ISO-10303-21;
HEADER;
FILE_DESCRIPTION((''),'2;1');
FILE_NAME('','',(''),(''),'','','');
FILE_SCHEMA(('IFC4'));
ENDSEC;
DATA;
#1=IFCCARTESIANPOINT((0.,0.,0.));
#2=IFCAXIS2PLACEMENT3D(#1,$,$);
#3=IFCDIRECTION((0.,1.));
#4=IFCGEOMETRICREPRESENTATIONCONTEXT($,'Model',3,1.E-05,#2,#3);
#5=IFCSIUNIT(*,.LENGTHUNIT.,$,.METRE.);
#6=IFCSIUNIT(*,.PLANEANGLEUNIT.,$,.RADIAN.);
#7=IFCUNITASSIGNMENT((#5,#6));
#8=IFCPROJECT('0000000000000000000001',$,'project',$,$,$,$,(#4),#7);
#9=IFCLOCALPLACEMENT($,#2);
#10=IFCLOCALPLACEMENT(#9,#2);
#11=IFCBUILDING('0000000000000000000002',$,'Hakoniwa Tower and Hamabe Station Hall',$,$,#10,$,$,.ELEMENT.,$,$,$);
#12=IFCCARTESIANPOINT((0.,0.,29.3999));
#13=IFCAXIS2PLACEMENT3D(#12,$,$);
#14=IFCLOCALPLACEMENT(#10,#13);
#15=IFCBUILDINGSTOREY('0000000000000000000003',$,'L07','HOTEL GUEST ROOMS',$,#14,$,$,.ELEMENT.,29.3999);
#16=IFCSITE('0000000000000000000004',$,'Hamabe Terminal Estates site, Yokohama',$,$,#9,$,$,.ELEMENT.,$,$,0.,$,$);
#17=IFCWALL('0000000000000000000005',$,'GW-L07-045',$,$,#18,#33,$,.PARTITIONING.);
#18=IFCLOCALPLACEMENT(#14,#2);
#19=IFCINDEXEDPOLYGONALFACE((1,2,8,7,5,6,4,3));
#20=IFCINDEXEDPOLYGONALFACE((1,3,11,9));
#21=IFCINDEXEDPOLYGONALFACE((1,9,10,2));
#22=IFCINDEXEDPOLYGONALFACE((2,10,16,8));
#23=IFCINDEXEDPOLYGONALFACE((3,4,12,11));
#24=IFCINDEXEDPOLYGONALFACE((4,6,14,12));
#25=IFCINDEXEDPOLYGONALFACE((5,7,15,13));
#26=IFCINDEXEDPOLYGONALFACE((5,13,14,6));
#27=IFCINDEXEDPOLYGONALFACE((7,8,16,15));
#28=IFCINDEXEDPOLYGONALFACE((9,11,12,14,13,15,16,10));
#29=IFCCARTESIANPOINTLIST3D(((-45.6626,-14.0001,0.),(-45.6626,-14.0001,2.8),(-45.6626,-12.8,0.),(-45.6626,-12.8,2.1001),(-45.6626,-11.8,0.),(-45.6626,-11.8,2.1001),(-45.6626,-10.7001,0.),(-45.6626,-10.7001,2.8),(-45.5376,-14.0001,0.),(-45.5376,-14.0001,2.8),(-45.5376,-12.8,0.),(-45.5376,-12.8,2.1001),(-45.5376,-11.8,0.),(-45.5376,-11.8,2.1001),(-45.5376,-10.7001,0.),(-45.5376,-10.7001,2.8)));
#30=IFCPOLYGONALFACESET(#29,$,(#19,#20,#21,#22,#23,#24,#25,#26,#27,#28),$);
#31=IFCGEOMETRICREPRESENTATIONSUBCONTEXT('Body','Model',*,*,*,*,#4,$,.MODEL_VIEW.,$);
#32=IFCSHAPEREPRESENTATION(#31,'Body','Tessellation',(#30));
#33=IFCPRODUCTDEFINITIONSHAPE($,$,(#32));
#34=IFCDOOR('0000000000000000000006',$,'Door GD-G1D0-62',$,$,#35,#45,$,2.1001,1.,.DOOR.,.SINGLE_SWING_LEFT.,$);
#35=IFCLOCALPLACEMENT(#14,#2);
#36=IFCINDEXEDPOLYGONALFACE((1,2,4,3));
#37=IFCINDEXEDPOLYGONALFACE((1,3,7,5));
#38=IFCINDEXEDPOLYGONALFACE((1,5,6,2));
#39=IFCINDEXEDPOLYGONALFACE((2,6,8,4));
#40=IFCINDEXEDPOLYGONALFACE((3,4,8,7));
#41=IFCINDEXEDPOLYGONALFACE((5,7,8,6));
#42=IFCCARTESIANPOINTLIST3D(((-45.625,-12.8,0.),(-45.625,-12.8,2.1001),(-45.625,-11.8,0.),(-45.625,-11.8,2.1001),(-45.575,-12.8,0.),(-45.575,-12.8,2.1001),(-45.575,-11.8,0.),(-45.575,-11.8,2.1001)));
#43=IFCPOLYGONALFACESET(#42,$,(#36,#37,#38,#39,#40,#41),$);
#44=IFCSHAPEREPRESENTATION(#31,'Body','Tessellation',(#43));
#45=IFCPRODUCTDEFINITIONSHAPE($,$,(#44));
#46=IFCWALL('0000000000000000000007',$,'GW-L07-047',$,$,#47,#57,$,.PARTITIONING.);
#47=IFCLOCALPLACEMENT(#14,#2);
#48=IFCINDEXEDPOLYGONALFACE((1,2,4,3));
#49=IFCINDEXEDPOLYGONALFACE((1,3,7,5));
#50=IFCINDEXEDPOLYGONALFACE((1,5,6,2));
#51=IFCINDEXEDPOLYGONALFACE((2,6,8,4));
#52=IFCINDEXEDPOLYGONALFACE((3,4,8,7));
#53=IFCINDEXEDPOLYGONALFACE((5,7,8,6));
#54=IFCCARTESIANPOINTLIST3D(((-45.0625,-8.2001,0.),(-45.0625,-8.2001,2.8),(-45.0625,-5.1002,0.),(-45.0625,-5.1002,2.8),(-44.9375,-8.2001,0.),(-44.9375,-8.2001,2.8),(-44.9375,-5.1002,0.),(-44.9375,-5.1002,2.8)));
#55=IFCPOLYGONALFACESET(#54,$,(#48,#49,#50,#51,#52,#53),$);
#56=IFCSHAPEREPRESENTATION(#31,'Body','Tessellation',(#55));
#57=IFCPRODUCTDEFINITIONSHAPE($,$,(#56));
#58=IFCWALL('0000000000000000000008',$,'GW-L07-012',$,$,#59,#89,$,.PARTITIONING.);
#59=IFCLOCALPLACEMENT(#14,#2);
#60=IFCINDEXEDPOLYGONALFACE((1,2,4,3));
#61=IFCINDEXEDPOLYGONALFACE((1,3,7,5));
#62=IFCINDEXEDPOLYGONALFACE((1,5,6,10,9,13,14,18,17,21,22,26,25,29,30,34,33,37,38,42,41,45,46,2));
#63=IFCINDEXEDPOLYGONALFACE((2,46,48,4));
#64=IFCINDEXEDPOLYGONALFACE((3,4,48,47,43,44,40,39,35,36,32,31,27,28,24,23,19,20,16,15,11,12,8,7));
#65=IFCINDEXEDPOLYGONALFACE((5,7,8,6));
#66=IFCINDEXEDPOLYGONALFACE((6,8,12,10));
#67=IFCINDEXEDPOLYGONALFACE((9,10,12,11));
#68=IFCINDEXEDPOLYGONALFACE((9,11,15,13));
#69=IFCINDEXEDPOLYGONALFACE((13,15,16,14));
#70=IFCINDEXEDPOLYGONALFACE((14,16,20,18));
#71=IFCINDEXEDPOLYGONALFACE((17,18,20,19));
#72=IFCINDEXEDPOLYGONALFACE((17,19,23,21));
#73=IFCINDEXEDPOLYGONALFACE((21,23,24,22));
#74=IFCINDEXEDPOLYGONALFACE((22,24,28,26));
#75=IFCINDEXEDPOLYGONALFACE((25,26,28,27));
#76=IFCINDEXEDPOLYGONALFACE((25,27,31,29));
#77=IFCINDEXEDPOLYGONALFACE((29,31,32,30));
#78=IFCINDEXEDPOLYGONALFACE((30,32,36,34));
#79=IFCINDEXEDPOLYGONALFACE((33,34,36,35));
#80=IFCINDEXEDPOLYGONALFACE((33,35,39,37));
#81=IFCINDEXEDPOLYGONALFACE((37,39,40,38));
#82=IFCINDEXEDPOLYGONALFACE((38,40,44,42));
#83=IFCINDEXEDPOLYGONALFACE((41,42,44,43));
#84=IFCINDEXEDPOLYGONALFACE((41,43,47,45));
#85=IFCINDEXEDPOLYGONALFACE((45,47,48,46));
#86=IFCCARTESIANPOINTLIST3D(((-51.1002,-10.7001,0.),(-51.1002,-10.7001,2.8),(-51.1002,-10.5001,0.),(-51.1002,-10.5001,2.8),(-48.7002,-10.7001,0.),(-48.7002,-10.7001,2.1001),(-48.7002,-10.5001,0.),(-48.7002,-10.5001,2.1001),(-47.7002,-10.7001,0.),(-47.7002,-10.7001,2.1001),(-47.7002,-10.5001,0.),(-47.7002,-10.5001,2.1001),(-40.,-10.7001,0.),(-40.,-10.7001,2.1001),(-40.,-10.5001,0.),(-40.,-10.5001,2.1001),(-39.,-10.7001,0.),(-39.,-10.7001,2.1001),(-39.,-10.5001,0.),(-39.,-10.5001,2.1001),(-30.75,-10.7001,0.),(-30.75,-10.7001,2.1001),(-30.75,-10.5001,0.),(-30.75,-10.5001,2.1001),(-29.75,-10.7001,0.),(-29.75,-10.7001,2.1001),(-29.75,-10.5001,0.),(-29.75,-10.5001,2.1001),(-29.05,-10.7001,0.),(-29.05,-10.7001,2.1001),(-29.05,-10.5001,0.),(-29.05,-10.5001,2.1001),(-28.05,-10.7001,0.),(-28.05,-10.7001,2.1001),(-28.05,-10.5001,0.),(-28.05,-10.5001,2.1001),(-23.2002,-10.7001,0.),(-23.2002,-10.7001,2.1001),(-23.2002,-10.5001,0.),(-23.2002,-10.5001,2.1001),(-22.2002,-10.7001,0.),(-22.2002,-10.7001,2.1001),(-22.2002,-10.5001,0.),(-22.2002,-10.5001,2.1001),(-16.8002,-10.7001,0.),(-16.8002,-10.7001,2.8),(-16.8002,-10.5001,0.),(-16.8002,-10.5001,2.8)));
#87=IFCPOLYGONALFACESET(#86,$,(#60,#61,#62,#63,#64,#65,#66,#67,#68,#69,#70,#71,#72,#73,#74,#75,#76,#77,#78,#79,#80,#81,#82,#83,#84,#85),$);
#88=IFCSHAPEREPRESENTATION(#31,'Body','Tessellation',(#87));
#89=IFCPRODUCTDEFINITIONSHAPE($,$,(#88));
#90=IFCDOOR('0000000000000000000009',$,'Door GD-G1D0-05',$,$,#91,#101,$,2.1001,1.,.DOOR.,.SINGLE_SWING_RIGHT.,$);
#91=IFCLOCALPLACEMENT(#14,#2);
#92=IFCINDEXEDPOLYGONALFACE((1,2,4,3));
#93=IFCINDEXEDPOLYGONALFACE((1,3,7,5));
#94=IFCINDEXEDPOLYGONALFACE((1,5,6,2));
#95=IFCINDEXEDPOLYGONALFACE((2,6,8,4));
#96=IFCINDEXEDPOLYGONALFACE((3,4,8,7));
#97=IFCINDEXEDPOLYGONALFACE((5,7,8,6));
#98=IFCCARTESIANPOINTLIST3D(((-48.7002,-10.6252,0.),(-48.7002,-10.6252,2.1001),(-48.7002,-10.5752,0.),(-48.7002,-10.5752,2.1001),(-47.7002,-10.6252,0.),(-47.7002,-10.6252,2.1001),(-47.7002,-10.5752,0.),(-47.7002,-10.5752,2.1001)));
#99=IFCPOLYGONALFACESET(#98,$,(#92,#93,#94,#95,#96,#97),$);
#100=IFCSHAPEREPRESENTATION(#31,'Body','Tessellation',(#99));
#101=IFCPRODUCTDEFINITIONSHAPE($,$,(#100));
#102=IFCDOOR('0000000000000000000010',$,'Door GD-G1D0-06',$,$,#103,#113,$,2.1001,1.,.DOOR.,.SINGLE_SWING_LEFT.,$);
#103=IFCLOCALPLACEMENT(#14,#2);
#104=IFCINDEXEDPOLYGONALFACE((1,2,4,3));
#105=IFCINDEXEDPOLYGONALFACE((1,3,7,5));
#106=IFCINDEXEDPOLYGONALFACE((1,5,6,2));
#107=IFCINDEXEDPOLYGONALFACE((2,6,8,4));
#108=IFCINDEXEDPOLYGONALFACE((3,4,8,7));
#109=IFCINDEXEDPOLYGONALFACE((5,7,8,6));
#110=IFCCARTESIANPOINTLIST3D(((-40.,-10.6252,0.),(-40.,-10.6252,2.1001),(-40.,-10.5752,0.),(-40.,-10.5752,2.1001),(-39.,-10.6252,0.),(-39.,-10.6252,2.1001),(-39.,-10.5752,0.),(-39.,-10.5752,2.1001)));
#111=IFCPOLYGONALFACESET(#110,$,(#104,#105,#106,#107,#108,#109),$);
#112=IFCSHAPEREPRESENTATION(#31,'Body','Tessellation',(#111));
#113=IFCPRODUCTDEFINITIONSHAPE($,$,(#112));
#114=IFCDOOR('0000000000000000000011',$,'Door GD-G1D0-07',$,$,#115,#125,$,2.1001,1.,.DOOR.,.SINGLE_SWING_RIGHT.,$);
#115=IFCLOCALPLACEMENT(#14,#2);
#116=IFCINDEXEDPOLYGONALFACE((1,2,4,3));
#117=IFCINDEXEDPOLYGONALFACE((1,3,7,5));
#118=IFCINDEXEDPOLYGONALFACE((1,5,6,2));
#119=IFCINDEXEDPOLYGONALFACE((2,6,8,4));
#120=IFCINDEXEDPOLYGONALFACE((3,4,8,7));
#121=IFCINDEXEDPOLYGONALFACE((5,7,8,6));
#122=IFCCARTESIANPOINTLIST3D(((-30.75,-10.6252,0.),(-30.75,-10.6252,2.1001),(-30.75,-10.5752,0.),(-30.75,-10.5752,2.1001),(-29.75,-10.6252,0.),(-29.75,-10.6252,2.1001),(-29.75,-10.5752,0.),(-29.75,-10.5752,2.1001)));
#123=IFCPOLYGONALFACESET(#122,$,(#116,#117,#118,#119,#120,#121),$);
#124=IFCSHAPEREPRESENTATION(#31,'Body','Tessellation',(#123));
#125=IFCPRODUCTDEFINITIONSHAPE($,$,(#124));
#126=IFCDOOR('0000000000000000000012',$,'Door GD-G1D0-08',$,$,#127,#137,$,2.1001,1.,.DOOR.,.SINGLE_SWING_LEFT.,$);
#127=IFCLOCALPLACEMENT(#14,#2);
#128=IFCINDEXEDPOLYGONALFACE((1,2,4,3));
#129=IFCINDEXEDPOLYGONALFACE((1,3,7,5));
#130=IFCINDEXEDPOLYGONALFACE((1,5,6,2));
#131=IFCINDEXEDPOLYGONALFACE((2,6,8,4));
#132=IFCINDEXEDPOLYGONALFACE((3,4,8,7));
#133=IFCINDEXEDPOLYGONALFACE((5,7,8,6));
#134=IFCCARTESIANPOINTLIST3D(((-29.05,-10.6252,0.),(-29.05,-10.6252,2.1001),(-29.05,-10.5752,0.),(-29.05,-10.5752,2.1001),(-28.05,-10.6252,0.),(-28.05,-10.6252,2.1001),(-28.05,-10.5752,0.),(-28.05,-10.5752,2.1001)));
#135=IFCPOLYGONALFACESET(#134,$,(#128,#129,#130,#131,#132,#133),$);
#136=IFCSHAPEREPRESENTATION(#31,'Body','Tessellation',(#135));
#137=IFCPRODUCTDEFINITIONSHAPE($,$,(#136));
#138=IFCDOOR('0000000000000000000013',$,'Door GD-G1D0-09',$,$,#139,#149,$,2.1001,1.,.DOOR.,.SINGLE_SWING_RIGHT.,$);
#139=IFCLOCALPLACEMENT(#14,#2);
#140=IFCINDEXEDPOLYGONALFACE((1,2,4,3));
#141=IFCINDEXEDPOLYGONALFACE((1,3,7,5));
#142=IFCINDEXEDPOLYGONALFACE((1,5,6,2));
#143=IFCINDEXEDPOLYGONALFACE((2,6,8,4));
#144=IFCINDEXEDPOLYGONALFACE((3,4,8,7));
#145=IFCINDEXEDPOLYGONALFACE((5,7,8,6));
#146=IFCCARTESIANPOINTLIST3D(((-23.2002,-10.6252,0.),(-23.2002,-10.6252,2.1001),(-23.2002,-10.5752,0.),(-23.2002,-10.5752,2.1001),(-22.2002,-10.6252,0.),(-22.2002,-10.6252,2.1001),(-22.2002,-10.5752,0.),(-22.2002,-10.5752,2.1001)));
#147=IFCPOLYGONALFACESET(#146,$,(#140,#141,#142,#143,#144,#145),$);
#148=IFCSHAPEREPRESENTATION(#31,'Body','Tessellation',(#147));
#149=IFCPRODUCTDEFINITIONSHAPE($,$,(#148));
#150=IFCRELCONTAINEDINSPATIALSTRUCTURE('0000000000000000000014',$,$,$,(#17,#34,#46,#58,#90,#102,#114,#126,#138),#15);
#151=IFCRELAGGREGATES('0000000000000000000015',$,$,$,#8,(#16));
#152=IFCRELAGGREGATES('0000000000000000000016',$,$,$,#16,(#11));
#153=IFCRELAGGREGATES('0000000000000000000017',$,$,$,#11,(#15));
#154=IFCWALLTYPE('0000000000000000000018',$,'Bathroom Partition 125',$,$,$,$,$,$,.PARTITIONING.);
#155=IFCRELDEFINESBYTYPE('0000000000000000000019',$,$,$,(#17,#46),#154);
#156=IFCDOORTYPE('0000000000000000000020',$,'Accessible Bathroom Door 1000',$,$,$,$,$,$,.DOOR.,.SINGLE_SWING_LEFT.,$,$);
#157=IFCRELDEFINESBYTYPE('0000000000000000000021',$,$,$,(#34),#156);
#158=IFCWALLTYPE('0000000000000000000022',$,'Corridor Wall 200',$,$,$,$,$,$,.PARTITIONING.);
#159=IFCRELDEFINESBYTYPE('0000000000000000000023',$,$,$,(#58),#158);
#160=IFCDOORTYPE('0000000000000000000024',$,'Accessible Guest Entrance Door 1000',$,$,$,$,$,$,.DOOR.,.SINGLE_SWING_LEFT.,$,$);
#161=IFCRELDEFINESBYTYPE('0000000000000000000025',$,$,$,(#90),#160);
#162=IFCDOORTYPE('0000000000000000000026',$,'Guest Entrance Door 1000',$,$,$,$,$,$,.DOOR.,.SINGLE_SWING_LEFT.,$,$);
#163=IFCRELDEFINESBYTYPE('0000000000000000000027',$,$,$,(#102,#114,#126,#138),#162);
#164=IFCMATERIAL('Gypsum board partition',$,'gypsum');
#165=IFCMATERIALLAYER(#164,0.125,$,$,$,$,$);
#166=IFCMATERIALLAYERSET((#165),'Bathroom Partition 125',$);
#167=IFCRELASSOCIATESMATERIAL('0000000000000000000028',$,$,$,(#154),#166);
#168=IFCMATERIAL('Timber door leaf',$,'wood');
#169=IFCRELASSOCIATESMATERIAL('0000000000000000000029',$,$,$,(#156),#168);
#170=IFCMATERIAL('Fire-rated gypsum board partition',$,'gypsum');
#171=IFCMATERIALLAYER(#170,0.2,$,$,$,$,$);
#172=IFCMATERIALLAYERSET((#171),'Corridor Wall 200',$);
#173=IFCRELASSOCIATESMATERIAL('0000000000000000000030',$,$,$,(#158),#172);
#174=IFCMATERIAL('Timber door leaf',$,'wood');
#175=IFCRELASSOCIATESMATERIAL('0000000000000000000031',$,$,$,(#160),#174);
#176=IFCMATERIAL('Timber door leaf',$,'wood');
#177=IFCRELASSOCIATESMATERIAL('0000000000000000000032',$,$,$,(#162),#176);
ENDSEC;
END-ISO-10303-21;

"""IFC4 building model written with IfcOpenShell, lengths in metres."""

from ifc_helpers import new_model, si_unit, direction, frame, frame_2d, origin, place, context, subcontext, project, spatial, rectangle, extrude, material, layer, layer_set, type_object, element, fill, save


model = new_model("IFC4")

# Units and contexts
model_context = context("Model", 3, precision=1e-05, world=origin(), true_north=direction((0.0, 1.0)))
body_context = subcontext(model_context, "Body", "Model", "MODEL_VIEW")
ifc_project = project(units=[si_unit("LENGTHUNIT", "METRE"), si_unit("PLANEANGLEUNIT", "RADIAN")], contexts=[model_context])

# Site, building, storey
site_placement = place(None, origin())
site = spatial("IfcSite", under=ifc_project, at=site_placement, Name="Hamabe Terminal Estates site, Yokohama", CompositionType="ELEMENT", RefElevation=0.0)
building_placement = place(site_placement, origin())
building = spatial("IfcBuilding", under=site, at=building_placement, Name="Hakoniwa Tower and Hamabe Station Hall", CompositionType="ELEMENT")
storey_placement = place(building_placement, frame((0.0, 0.0, 29.3999)))
storey = spatial("IfcBuildingStorey", under=building, at=storey_placement, Name="L07", Description="HOTEL GUEST ROOMS", CompositionType="ELEMENT", Elevation=29.3999)

# Shared definitions
ifc_material_1 = material(Name="Gypsum board partition", Category="gypsum")
ifc_layer_1 = layer(ifc_material_1, 0.125)
ifc_layer_set_1 = layer_set([ifc_layer_1], Name="Bathroom Partition 125")
wall_type_1 = type_object("IfcWallType", Name="Bathroom Partition 125", PredefinedType="PARTITIONING", material=ifc_layer_set_1)

# Wall, opening, door
wall_1_placement = place(storey_placement, frame((-45.6001, -14.0, 0.0), z_axis=(0.0, 0.0, 1.0), x_axis=(0.0, 1.0, 0.0)))
wall_1 = element("IfcWall", 1, at=wall_1_placement, inside=storey, type_object=wall_type_1, Name="GW-L07-045", PredefinedType="PARTITIONING", context=body_context, shape_type="SweptSolid", body=[
    extrude(rectangle(XDim=3.3, YDim=0.125, at=frame_2d((1.6499, 0.0))), origin(), (0.0, 0.0, 1.0), 2.8),
])
opening_1_placement = place(wall_1_placement, frame((1.2, 0.0, 0.0)))
opening_1 = element("IfcOpeningElement", 2, at=opening_1_placement, cuts=wall_1, PredefinedType="OPENING", context=body_context, shape_type="SweptSolid", body=[
    extrude(rectangle(XDim=1.0, YDim=2.1001, at=frame_2d((0.5, 1.05))), frame((0.0, 0.0725, 0.0), z_axis=(0.0, -1.0, 0.0), x_axis=(1.0, 0.0, 0.0)), (0.0, 0.0, 1.0), 0.145),
])
ifc_material_2 = material(Name="Timber door leaf", Category="wood")
door_type_1 = type_object("IfcDoorType", Name="Accessible Bathroom Door 1000", OperationType="SINGLE_SWING_LEFT", PredefinedType="DOOR", material=ifc_material_2)
door_1_placement = place(opening_1_placement, origin())
door_1 = element("IfcDoor", 3, at=door_1_placement, inside=storey, type_object=door_type_1, Name="Door GD-G1D0-62", OperationType="SINGLE_SWING_LEFT", OverallHeight=2.1001, OverallWidth=1.0, PredefinedType="DOOR", context=body_context, shape_type="SweptSolid", body=[
    extrude(rectangle(XDim=1.0, YDim=2.1001, at=frame_2d((0.5, 1.05))), frame((0.0, 0.0249, 0.0), z_axis=(0.0, -1.0, 0.0), x_axis=(1.0, 0.0, 0.0)), (0.0, 0.0, 1.0), 0.05),
])
fill(opening_1, door_1)

# Wall
wall_2_placement = place(storey_placement, frame((-45.0, -8.2, 0.0), z_axis=(0.0, 0.0, 1.0), x_axis=(0.0, 1.0, 0.0)))
element("IfcWall", 4, at=wall_2_placement, inside=storey, type_object=wall_type_1, Name="GW-L07-047", PredefinedType="PARTITIONING", context=body_context, shape_type="SweptSolid", body=[
    extrude(rectangle(XDim=3.0999, YDim=0.125, at=frame_2d((1.5498, 0.0))), origin(), (0.0, 0.0, 1.0), 2.8),
])

# Wall, openings, doors
ifc_material_3 = material(Name="Fire-rated gypsum board partition", Category="gypsum")
ifc_layer_2 = layer(ifc_material_3, 0.2)
ifc_layer_set_2 = layer_set([ifc_layer_2], Name="Corridor Wall 200")
wall_type_2 = type_object("IfcWallType", Name="Corridor Wall 200", PredefinedType="PARTITIONING", material=ifc_layer_set_2)
wall_3_placement = place(storey_placement, frame((-51.1001, -10.6001, 0.0), z_axis=(0.0, 0.0, 1.0), x_axis=(1.0, 0.0, 0.0)))
wall_3 = element("IfcWall", 5, at=wall_3_placement, inside=storey, type_object=wall_type_2, Name="GW-L07-012", PredefinedType="PARTITIONING", context=body_context, shape_type="SweptSolid", body=[
    extrude(rectangle(XDim=34.3, YDim=0.2, at=frame_2d((17.1499, 0.0))), origin(), (0.0, 0.0, 1.0), 2.8),
])
opening_2_placement = place(wall_3_placement, frame((2.3999, 0.0, 0.0)))
opening_2 = element("IfcOpeningElement", 6, at=opening_2_placement, cuts=wall_3, PredefinedType="OPENING", context=body_context, shape_type="SweptSolid", body=[
    extrude(rectangle(XDim=1.0, YDim=2.1001, at=frame_2d((0.5, 1.05))), frame((0.0, 0.1099, 0.0), z_axis=(0.0, -1.0, 0.0), x_axis=(1.0, 0.0, 0.0)), (0.0, 0.0, 1.0), 0.22),
])
opening_3_placement = place(wall_3_placement, frame((11.1001, 0.0, 0.0)))
opening_3 = element("IfcOpeningElement", 7, at=opening_3_placement, cuts=wall_3, PredefinedType="OPENING", context=body_context, shape_type="SweptSolid", body=[
    extrude(rectangle(XDim=1.0, YDim=2.1001, at=frame_2d((0.5, 1.05))), frame((0.0, 0.1099, 0.0), z_axis=(0.0, -1.0, 0.0), x_axis=(1.0, 0.0, 0.0)), (0.0, 0.0, 1.0), 0.22),
])
opening_4_placement = place(wall_3_placement, frame((20.3501, 0.0, 0.0)))
opening_4 = element("IfcOpeningElement", 8, at=opening_4_placement, cuts=wall_3, PredefinedType="OPENING", context=body_context, shape_type="SweptSolid", body=[
    extrude(rectangle(XDim=1.0, YDim=2.1001, at=frame_2d((0.5, 1.05))), frame((0.0, 0.1099, 0.0), z_axis=(0.0, -1.0, 0.0), x_axis=(1.0, 0.0, 0.0)), (0.0, 0.0, 1.0), 0.22),
])
opening_5_placement = place(wall_3_placement, frame((22.05, 0.0, 0.0)))
opening_5 = element("IfcOpeningElement", 9, at=opening_5_placement, cuts=wall_3, PredefinedType="OPENING", context=body_context, shape_type="SweptSolid", body=[
    extrude(rectangle(XDim=1.0, YDim=2.1001, at=frame_2d((0.5, 1.05))), frame((0.0, 0.1099, 0.0), z_axis=(0.0, -1.0, 0.0), x_axis=(1.0, 0.0, 0.0)), (0.0, 0.0, 1.0), 0.22),
])
opening_6_placement = place(wall_3_placement, frame((27.8999, 0.0, 0.0)))
opening_6 = element("IfcOpeningElement", 10, at=opening_6_placement, cuts=wall_3, PredefinedType="OPENING", context=body_context, shape_type="SweptSolid", body=[
    extrude(rectangle(XDim=1.0, YDim=2.1001, at=frame_2d((0.5, 1.05))), frame((0.0, 0.1099, 0.0), z_axis=(0.0, -1.0, 0.0), x_axis=(1.0, 0.0, 0.0)), (0.0, 0.0, 1.0), 0.22),
])
ifc_material_4 = material(Name="Timber door leaf", Category="wood")
door_type_2 = type_object("IfcDoorType", Name="Accessible Guest Entrance Door 1000", OperationType="SINGLE_SWING_LEFT", PredefinedType="DOOR", material=ifc_material_4)
door_2_placement = place(opening_2_placement, origin())
door_2 = element("IfcDoor", 11, at=door_2_placement, inside=storey, type_object=door_type_2, Name="Door GD-G1D0-05", OperationType="SINGLE_SWING_RIGHT", OverallHeight=2.1001, OverallWidth=1.0, PredefinedType="DOOR", context=body_context, shape_type="SweptSolid", body=[
    extrude(rectangle(XDim=1.0, YDim=2.1001, at=frame_2d((0.5, 1.05))), frame((0.0, 0.0249, 0.0), z_axis=(0.0, -1.0, 0.0), x_axis=(1.0, 0.0, 0.0)), (0.0, 0.0, 1.0), 0.05),
])
fill(opening_2, door_2)
ifc_material_5 = material(Name="Timber door leaf", Category="wood")
door_type_3 = type_object("IfcDoorType", Name="Guest Entrance Door 1000", OperationType="SINGLE_SWING_LEFT", PredefinedType="DOOR", material=ifc_material_5)
door_3_placement = place(opening_3_placement, origin())
door_3 = element("IfcDoor", 12, at=door_3_placement, inside=storey, type_object=door_type_3, Name="Door GD-G1D0-06", OperationType="SINGLE_SWING_LEFT", OverallHeight=2.1001, OverallWidth=1.0, PredefinedType="DOOR", context=body_context, shape_type="SweptSolid", body=[
    extrude(rectangle(XDim=1.0, YDim=2.1001, at=frame_2d((0.5, 1.05))), frame((0.0, 0.0249, 0.0), z_axis=(0.0, -1.0, 0.0), x_axis=(1.0, 0.0, 0.0)), (0.0, 0.0, 1.0), 0.05),
])
fill(opening_3, door_3)
door_4_placement = place(opening_4_placement, origin())
door_4 = element("IfcDoor", 13, at=door_4_placement, inside=storey, type_object=door_type_3, Name="Door GD-G1D0-07", OperationType="SINGLE_SWING_RIGHT", OverallHeight=2.1001, OverallWidth=1.0, PredefinedType="DOOR", context=body_context, shape_type="SweptSolid", body=[
    extrude(rectangle(XDim=1.0, YDim=2.1001, at=frame_2d((0.5, 1.05))), frame((0.0, 0.0249, 0.0), z_axis=(0.0, -1.0, 0.0), x_axis=(1.0, 0.0, 0.0)), (0.0, 0.0, 1.0), 0.05),
])
fill(opening_4, door_4)
door_5_placement = place(opening_5_placement, origin())
door_5 = element("IfcDoor", 14, at=door_5_placement, inside=storey, type_object=door_type_3, Name="Door GD-G1D0-08", OperationType="SINGLE_SWING_LEFT", OverallHeight=2.1001, OverallWidth=1.0, PredefinedType="DOOR", context=body_context, shape_type="SweptSolid", body=[
    extrude(rectangle(XDim=1.0, YDim=2.1001, at=frame_2d((0.5, 1.05))), frame((0.0, 0.0249, 0.0), z_axis=(0.0, -1.0, 0.0), x_axis=(1.0, 0.0, 0.0)), (0.0, 0.0, 1.0), 0.05),
])
fill(opening_5, door_5)
door_6_placement = place(opening_6_placement, origin())
door_6 = element("IfcDoor", 15, at=door_6_placement, inside=storey, type_object=door_type_3, Name="Door GD-G1D0-09", OperationType="SINGLE_SWING_RIGHT", OverallHeight=2.1001, OverallWidth=1.0, PredefinedType="DOOR", context=body_context, shape_type="SweptSolid", body=[
    extrude(rectangle(XDim=1.0, YDim=2.1001, at=frame_2d((0.5, 1.05))), frame((0.0, 0.0249, 0.0), z_axis=(0.0, -1.0, 0.0), x_axis=(1.0, 0.0, 0.0)), (0.0, 0.0, 1.0), 0.05),
])
fill(opening_6, door_6)

save(model, "model.ifc")
